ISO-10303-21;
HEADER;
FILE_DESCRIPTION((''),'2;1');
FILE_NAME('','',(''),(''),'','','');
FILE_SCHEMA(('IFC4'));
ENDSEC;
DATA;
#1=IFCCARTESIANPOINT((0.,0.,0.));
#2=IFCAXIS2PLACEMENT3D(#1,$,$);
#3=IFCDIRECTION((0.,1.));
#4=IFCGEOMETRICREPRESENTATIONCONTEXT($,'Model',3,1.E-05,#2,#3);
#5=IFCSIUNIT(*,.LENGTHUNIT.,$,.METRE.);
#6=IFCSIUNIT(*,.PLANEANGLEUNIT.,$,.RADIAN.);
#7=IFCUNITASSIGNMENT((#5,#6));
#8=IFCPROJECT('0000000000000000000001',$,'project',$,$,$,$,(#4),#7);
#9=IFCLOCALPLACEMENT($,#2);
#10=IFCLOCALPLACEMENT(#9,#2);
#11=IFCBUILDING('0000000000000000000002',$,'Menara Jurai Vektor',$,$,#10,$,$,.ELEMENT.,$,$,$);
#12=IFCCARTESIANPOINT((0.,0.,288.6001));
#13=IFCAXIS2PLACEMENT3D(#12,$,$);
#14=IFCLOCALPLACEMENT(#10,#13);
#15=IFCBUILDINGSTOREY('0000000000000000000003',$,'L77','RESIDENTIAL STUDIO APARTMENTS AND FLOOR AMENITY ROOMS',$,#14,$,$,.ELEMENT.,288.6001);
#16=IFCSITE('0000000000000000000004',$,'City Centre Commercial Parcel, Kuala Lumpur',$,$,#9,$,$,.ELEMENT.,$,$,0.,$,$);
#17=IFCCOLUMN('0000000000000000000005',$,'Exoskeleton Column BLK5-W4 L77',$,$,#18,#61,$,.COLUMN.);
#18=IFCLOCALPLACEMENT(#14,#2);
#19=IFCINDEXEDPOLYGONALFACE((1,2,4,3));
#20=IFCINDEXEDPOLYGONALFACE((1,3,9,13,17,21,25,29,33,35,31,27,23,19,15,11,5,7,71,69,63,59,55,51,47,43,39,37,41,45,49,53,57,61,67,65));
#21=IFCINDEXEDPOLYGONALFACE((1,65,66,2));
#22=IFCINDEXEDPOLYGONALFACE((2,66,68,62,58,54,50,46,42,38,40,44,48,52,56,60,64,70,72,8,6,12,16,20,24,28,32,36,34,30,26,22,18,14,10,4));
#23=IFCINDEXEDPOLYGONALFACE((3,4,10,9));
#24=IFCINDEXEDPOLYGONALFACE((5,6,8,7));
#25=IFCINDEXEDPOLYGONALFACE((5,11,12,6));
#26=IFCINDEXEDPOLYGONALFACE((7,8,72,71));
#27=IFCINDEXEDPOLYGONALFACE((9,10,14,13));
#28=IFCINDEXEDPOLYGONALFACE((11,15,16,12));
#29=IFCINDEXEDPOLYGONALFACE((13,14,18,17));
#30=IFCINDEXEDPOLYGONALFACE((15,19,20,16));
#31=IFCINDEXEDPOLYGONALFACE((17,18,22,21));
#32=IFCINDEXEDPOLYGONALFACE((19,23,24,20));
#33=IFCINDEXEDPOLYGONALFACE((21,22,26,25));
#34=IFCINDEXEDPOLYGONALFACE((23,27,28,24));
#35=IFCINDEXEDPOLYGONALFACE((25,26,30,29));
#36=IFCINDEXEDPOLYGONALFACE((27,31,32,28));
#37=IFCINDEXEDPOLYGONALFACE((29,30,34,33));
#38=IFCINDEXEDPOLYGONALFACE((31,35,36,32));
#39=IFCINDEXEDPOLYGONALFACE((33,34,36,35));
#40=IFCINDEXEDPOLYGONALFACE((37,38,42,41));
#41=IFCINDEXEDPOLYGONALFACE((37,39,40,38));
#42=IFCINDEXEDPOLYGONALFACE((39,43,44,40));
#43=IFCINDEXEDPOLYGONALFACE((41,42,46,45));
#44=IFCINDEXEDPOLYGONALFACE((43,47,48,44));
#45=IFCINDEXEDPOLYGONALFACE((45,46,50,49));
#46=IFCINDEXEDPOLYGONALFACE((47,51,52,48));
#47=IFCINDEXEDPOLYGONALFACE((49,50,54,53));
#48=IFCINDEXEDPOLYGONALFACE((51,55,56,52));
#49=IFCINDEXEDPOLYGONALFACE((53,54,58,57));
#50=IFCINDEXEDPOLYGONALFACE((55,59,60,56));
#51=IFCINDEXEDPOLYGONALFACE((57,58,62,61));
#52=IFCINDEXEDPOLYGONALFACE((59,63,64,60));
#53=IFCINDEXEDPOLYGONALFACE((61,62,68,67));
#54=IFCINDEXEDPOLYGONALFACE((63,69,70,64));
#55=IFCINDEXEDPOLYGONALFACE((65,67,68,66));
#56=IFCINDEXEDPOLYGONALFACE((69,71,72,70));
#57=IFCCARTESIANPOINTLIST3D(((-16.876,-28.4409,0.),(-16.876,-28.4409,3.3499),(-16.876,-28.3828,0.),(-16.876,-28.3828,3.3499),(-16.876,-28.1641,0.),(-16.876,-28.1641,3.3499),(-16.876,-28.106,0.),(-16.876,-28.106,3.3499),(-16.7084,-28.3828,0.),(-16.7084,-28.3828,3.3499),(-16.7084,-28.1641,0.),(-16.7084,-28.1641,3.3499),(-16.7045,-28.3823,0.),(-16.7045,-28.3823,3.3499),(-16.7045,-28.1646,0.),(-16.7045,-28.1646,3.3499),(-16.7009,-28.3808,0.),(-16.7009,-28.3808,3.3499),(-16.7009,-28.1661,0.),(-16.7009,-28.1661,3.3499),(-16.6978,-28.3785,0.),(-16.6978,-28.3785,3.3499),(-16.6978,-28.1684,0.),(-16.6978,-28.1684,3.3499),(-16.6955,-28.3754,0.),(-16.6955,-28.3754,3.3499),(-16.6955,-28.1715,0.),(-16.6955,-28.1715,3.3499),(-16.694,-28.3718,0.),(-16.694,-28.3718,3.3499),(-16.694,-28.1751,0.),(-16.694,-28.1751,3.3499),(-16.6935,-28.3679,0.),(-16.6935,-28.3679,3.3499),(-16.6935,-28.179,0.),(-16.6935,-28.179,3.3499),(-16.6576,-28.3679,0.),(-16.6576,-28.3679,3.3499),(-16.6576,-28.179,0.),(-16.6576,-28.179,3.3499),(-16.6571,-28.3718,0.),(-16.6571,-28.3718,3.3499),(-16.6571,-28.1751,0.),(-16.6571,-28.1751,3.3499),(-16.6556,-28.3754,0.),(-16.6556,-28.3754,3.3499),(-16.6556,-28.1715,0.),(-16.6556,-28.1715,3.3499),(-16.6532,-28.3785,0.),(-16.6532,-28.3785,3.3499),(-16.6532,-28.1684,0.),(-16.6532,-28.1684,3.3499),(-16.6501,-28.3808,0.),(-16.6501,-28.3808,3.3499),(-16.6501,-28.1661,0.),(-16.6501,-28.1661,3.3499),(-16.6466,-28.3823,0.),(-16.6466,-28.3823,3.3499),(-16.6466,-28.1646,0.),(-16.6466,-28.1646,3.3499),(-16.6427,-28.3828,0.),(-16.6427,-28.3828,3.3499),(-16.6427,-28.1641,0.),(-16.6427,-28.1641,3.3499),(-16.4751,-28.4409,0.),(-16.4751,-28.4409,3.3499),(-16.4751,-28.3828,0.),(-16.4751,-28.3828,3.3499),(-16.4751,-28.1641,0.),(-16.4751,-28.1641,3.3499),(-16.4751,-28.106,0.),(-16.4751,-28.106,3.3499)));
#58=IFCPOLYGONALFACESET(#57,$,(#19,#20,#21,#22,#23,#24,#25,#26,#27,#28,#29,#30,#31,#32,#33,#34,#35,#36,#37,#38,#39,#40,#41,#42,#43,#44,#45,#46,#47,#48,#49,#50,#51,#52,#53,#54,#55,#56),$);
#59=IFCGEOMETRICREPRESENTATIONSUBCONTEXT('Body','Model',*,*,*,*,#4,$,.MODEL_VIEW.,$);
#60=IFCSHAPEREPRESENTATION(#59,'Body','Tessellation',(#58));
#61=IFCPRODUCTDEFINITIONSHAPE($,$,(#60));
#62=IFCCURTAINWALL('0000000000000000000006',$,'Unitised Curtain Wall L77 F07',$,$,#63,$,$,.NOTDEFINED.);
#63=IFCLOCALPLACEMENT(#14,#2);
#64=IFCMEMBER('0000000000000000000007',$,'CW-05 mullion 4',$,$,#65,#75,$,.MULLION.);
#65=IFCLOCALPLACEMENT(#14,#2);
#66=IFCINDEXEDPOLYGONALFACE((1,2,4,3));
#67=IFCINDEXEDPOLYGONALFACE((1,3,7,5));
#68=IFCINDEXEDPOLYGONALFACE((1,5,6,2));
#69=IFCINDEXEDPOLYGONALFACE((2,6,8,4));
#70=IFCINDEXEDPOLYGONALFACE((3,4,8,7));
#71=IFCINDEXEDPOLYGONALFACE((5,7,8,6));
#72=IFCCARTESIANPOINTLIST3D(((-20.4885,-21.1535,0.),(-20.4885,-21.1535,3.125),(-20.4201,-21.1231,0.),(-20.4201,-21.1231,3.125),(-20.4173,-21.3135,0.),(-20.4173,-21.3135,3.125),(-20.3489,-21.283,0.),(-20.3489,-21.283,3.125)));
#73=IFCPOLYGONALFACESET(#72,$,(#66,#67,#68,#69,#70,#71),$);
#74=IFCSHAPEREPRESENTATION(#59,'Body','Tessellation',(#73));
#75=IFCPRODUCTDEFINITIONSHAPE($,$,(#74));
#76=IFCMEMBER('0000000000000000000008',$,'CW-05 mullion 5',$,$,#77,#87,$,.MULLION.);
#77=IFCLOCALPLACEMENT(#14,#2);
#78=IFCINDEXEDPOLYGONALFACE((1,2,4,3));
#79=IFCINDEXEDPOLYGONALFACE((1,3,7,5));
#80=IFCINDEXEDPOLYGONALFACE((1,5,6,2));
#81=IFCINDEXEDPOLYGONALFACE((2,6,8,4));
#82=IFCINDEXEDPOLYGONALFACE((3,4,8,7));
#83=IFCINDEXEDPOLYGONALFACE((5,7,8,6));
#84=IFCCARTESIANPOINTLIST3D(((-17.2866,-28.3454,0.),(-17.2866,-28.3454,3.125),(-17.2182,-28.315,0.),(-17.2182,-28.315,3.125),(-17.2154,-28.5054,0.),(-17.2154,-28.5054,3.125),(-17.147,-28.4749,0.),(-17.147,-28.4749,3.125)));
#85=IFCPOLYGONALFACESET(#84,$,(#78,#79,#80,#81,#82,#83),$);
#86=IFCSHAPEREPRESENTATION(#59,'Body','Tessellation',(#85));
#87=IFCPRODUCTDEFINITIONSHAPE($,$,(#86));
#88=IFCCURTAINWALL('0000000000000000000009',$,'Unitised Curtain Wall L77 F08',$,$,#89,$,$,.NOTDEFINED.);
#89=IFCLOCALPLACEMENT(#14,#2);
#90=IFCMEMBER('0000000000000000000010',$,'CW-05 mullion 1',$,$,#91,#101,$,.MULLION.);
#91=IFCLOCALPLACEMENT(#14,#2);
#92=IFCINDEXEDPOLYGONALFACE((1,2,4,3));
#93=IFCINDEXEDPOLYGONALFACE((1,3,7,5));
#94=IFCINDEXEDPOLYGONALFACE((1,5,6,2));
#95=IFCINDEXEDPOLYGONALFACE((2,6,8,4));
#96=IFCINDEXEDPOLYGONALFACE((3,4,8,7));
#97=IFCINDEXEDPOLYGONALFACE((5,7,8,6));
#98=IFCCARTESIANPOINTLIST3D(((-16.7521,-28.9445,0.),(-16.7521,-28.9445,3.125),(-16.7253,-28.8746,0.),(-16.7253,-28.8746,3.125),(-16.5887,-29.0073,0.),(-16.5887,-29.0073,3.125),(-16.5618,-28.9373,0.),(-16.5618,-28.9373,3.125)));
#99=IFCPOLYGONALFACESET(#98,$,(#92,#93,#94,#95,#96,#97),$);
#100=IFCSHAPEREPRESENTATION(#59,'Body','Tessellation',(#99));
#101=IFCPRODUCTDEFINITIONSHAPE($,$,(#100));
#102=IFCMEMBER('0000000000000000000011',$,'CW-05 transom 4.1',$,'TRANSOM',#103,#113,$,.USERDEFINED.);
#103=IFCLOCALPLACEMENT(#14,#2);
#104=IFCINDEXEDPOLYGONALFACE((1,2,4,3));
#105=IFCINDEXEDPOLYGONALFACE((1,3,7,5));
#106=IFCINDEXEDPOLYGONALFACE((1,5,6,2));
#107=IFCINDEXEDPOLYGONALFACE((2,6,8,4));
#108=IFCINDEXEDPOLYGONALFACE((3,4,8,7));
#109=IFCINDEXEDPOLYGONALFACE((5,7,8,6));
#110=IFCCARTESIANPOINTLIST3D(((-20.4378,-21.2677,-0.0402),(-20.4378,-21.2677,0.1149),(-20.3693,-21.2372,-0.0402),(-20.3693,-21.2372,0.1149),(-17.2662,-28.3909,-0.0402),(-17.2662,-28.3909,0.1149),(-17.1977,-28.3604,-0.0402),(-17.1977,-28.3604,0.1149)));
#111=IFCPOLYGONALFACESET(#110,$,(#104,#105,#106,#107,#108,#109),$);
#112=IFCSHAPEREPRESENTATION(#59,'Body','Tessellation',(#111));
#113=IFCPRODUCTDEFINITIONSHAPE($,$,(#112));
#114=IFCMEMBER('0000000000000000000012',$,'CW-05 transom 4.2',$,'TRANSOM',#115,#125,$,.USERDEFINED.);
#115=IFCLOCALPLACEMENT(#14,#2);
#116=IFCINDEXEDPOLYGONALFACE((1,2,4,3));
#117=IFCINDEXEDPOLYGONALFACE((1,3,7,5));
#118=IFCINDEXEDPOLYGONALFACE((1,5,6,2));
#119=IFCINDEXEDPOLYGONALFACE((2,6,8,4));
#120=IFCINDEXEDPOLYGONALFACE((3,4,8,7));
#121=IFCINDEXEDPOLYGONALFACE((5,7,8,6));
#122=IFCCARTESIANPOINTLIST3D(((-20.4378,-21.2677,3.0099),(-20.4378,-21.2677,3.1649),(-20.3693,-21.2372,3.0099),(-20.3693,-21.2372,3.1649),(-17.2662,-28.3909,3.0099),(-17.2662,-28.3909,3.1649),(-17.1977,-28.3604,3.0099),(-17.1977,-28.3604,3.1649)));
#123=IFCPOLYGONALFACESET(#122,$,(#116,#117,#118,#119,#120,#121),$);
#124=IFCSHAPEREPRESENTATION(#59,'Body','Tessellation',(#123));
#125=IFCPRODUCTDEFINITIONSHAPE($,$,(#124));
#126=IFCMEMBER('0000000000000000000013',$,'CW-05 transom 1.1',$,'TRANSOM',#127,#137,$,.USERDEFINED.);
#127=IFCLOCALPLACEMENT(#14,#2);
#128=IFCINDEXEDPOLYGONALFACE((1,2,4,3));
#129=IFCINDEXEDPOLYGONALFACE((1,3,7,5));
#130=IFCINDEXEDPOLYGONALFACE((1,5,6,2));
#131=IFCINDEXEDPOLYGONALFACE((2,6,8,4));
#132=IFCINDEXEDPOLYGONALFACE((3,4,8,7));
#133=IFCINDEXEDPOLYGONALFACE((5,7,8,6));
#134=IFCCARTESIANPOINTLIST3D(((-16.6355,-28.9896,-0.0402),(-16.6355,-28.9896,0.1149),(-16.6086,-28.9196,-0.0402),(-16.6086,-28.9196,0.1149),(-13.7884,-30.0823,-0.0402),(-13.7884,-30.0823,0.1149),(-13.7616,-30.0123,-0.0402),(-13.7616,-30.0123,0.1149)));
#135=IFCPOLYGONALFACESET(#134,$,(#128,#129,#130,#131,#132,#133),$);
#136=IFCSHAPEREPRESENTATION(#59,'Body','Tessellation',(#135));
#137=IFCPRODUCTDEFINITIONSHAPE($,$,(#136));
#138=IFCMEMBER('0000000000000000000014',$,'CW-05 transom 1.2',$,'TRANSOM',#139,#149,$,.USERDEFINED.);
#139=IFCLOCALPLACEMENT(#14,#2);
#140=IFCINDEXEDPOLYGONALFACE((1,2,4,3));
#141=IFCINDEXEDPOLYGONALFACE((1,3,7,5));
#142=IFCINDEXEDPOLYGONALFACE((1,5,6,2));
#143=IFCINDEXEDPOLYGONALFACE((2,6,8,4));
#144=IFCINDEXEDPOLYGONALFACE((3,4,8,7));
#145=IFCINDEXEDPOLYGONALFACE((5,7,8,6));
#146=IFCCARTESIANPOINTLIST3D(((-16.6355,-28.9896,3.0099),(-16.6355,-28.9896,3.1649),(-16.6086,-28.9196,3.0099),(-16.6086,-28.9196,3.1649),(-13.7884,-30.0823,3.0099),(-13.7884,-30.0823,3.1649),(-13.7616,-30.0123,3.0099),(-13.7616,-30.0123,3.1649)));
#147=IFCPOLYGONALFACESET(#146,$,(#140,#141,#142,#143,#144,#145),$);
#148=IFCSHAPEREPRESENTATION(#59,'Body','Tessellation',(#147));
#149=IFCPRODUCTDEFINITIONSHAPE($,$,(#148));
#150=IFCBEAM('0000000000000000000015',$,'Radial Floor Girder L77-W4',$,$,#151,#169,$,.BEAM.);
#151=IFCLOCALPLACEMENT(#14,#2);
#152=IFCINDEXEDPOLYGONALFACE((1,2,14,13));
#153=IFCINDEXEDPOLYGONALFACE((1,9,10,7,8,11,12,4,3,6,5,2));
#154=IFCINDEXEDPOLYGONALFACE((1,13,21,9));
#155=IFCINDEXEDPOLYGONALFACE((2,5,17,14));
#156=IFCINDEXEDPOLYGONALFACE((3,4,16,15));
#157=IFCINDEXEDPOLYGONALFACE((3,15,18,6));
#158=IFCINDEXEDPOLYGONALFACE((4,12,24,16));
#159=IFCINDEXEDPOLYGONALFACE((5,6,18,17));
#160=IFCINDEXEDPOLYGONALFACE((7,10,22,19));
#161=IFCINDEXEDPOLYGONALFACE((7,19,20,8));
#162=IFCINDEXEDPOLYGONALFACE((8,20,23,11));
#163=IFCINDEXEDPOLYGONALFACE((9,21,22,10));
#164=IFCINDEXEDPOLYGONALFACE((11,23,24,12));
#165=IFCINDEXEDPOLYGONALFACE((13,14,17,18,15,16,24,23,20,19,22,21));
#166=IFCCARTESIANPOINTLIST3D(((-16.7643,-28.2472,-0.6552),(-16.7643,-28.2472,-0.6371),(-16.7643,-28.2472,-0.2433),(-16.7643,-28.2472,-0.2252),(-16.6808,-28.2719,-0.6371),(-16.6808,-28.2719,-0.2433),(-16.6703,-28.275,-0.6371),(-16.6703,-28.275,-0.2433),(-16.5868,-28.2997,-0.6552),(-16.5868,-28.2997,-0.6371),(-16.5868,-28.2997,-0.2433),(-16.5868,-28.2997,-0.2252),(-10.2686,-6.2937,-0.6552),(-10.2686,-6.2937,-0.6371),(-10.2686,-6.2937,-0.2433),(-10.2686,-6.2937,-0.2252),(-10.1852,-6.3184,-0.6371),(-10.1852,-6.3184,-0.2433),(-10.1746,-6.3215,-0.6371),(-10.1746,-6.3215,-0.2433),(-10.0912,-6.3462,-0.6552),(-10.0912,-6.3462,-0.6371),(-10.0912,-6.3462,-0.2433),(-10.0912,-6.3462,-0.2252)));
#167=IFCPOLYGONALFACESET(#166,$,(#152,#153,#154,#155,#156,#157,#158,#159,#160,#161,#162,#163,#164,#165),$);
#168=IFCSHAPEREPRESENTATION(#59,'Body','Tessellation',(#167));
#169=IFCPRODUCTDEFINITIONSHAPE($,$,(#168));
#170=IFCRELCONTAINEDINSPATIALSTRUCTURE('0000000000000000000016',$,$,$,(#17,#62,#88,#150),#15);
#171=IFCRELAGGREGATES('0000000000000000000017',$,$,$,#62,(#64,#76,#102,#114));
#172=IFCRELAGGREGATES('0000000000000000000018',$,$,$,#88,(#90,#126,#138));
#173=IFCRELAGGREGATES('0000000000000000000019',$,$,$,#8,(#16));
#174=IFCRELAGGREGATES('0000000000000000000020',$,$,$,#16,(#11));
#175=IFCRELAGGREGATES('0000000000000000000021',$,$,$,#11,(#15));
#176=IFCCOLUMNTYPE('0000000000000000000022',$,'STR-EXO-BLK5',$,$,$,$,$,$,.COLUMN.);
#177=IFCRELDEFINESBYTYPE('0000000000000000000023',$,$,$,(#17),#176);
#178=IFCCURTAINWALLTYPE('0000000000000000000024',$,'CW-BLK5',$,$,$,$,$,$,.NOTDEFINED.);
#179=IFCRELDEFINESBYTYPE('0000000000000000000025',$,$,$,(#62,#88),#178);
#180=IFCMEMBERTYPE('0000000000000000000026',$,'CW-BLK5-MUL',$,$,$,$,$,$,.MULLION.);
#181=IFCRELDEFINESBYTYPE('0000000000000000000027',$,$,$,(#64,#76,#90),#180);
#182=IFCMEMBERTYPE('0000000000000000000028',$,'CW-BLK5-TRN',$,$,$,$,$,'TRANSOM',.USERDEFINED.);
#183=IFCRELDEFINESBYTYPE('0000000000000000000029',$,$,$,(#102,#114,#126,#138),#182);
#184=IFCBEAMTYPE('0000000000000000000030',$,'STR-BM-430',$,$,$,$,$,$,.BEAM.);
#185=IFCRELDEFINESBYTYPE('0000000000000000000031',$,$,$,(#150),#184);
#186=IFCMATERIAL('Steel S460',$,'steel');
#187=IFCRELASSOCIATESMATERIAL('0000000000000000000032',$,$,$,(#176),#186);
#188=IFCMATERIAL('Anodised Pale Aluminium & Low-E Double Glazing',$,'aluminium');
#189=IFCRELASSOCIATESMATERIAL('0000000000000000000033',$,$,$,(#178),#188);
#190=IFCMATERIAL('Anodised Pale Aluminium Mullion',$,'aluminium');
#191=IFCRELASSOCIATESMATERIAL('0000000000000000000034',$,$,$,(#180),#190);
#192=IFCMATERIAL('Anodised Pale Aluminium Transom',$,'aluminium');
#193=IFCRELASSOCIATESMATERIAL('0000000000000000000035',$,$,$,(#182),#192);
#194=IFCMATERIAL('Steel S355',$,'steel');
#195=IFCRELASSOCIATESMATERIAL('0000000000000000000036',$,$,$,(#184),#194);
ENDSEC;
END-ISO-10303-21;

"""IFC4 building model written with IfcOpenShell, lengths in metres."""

from ifc_helpers import new_model, si_unit, direction, frame, origin, origin_2d, place, context, subcontext, project, spatial, rectangle, i_section, extrude, material, material_profile, profile_set, type_object, element, aggregate, save


model = new_model("IFC4")

# Units and contexts
model_context = context("Model", 3, precision=1e-05, world=origin(), true_north=direction((0.0, 1.0)))
body_context = subcontext(model_context, "Body", "Model", "MODEL_VIEW")
ifc_project = project(units=[si_unit("LENGTHUNIT", "METRE"), si_unit("PLANEANGLEUNIT", "RADIAN")], contexts=[model_context])

# Site, building, storey
site_placement = place(None, origin())
site = spatial("IfcSite", under=ifc_project, at=site_placement, Name="City Centre Commercial Parcel, Kuala Lumpur", CompositionType="ELEMENT", RefElevation=0.0)
building_placement = place(site_placement, origin())
building = spatial("IfcBuilding", under=site, at=building_placement, Name="Menara Jurai Vektor", CompositionType="ELEMENT")
storey_placement = place(building_placement, frame((0.0, 0.0, 288.6001)))
storey = spatial("IfcBuildingStorey", under=building, at=storey_placement, Name="L77", Description="RESIDENTIAL STUDIO APARTMENTS AND FLOOR AMENITY ROOMS", CompositionType="ELEMENT", Elevation=288.6001)

# Column
ifc_material_1 = material(Name="Steel S460", Category="steel")
ifc_material_profile_1 = material_profile(ifc_material_1, i_section(OverallWidth=0.4009, OverallDepth=0.335, WebThickness=0.0359, FlangeThickness=0.0581, FilletRadius=0.0149, at=origin_2d()), Name="HD 400x463")
ifc_profile_set_1 = profile_set([ifc_material_profile_1], Name="Steel S460")
column_type = type_object("IfcColumnType", Name="STR-EXO-BLK5", PredefinedType="COLUMN", material=ifc_profile_set_1)
column_placement = place(storey_placement, frame((-16.6755, -28.2734, 0.0), z_axis=(0.0, 0.0, 1.0), x_axis=(1.0, 0.0, 0.0)))
element("IfcColumn", 1, at=column_placement, inside=storey, type_object=column_type, Name="Exoskeleton Column BLK5-W4 L77", PredefinedType="COLUMN", context=body_context, shape_type="SweptSolid", body=[
    extrude(i_section(OverallWidth=0.4009, OverallDepth=0.335, WebThickness=0.0359, FlangeThickness=0.0581, FilletRadius=0.0149, at=origin_2d()), origin(), (0.0, 0.0, 1.0), 3.3499),
])

# Curtain wall, members
ifc_material_2 = material(Name="Anodised Pale Aluminium & Low-E Double Glazing", Category="aluminium")
curtain_wall_type = type_object("IfcCurtainWallType", Name="CW-BLK5", PredefinedType="NOTDEFINED", material=ifc_material_2)
curtain_wall_1_placement = place(storey_placement, origin())
curtain_wall_1 = element("IfcCurtainWall", 2, at=curtain_wall_1_placement, inside=storey, type_object=curtain_wall_type, Name="Unitised Curtain Wall L77 F07", PredefinedType="NOTDEFINED")
ifc_material_3 = material(Name="Anodised Pale Aluminium Mullion", Category="aluminium")
ifc_material_profile_2 = material_profile(ifc_material_3, rectangle(XDim=0.075, YDim=0.175, at=origin_2d()), Name="ALU MUL 75x175")
ifc_profile_set_2 = profile_set([ifc_material_profile_2], Name="Anodised Pale Aluminium Mullion")
member_type_1 = type_object("IfcMemberType", Name="CW-BLK5-MUL", PredefinedType="MULLION", material=ifc_profile_set_2)
member_1_placement = place(storey_placement, frame((-20.4187, -21.2183, 0.0), z_axis=(0.0, 0.0, 1.0), x_axis=(0.913546, 0.406735, 0.0)))
member_1 = element("IfcMember", 3, at=member_1_placement, type_object=member_type_1, Name="CW-05 mullion 4", PredefinedType="MULLION", context=body_context, shape_type="SweptSolid", body=[
    extrude(rectangle(XDim=0.075, YDim=0.175, at=origin_2d()), origin(), (0.0, 0.0, 1.0), 3.125),
])
member_2_placement = place(storey_placement, frame((-17.2168, -28.4102, 0.0), z_axis=(0.0, 0.0, 1.0), x_axis=(0.913546, 0.406735, 0.0)))
member_2 = element("IfcMember", 4, at=member_2_placement, type_object=member_type_1, Name="CW-05 mullion 5", PredefinedType="MULLION", context=body_context, shape_type="SweptSolid", body=[
    extrude(rectangle(XDim=0.075, YDim=0.175, at=origin_2d()), origin(), (0.0, 0.0, 1.0), 3.125),
])

# Curtain wall, member
curtain_wall_2_placement = place(storey_placement, origin())
curtain_wall_2 = element("IfcCurtainWall", 5, at=curtain_wall_2_placement, inside=storey, type_object=curtain_wall_type, Name="Unitised Curtain Wall L77 F08", PredefinedType="NOTDEFINED")
member_3_placement = place(storey_placement, frame((-16.657, -28.9409, 0.0), z_axis=(0.0, 0.0, 1.0), x_axis=(0.358374, 0.933578, 0.0)))
member_3 = element("IfcMember", 6, at=member_3_placement, type_object=member_type_1, Name="CW-05 mullion 1", PredefinedType="MULLION", context=body_context, shape_type="SweptSolid", body=[
    extrude(rectangle(XDim=0.075, YDim=0.175, at=origin_2d()), origin(), (0.0, 0.0, 1.0), 3.125),
])

# Members
ifc_material_4 = material(Name="Anodised Pale Aluminium Transom", Category="aluminium")
ifc_material_profile_3 = material_profile(ifc_material_4, rectangle(XDim=0.075, YDim=0.155, at=origin_2d()), Name="ALU TRN 75x155")
ifc_profile_set_3 = profile_set([ifc_material_profile_3], Name="Anodised Pale Aluminium Transom")
member_type_2 = type_object("IfcMemberType", Name="CW-BLK5-TRN", ElementType="TRANSOM", PredefinedType="USERDEFINED", material=ifc_profile_set_3)
member_4_placement = place(storey_placement, frame((-20.4036, -21.2524, 0.0374), z_axis=(0.406751, -0.913539, 0.0), x_axis=(0.913539, 0.406751, 0.0)))
member_4 = element("IfcMember", 7, at=member_4_placement, type_object=member_type_2, Name="CW-05 transom 4.1", ObjectType="TRANSOM", PredefinedType="USERDEFINED", context=body_context, shape_type="SweptSolid", body=[
    extrude(rectangle(XDim=0.075, YDim=0.155, at=origin_2d()), origin(), (0.0, 0.0, 1.0), 7.7974),
])
member_5_placement = place(storey_placement, frame((-20.4036, -21.2524, 3.0874), z_axis=(0.406751, -0.913539, 0.0), x_axis=(0.913539, 0.406751, 0.0)))
member_5 = element("IfcMember", 8, at=member_5_placement, type_object=member_type_2, Name="CW-05 transom 4.2", ObjectType="TRANSOM", PredefinedType="USERDEFINED", context=body_context, shape_type="SweptSolid", body=[
    extrude(rectangle(XDim=0.075, YDim=0.155, at=origin_2d()), origin(), (0.0, 0.0, 1.0), 7.7974),
])
member_6_placement = place(storey_placement, frame((-16.6221, -28.9546, 0.0374), z_axis=(0.933597, -0.358325, 0.0), x_axis=(0.358325, 0.933597, 0.0)))
member_6 = element("IfcMember", 9, at=member_6_placement, type_object=member_type_2, Name="CW-05 transom 1.1", ObjectType="TRANSOM", PredefinedType="USERDEFINED", context=body_context, shape_type="SweptSolid", body=[
    extrude(rectangle(XDim=0.075, YDim=0.155, at=origin_2d()), origin(), (0.0, 0.0, 1.0), 3.0496),
])
member_7_placement = place(storey_placement, frame((-16.6221, -28.9546, 3.0874), z_axis=(0.933597, -0.358325, 0.0), x_axis=(0.358325, 0.933597, 0.0)))
member_7 = element("IfcMember", 10, at=member_7_placement, type_object=member_type_2, Name="CW-05 transom 1.2", ObjectType="TRANSOM", PredefinedType="USERDEFINED", context=body_context, shape_type="SweptSolid", body=[
    extrude(rectangle(XDim=0.075, YDim=0.155, at=origin_2d()), origin(), (0.0, 0.0, 1.0), 3.0496),
])

# Beam
ifc_material_5 = material(Name="Steel S355", Category="steel")
ifc_material_profile_4 = material_profile(ifc_material_5, i_section(OverallWidth=0.1851, OverallDepth=0.4299, WebThickness=0.011, FlangeThickness=0.0181, at=origin_2d()), Name="PG 430x185x76")
ifc_profile_set_4 = profile_set([ifc_material_profile_4], Name="Steel S355")
beam_type_1 = type_object("IfcBeamType", Name="STR-BM-430", PredefinedType="BEAM", material=ifc_profile_set_4)
beam_1_placement = place(storey_placement, frame((-16.6755, -28.2734, -0.4402), z_axis=(0.283723, 0.958906, 0.0), x_axis=(-0.958906, 0.283723, 0.0)))
element("IfcBeam", 11, at=beam_1_placement, inside=storey, type_object=beam_type_1, Name="Radial Floor Girder L77-W4", PredefinedType="BEAM", context=body_context, shape_type="SweptSolid", body=[
    extrude(i_section(OverallWidth=0.1851, OverallDepth=0.4299, WebThickness=0.011, FlangeThickness=0.0181, at=origin_2d()), origin(), (0.0, 0.0, 1.0), 22.8943),
])

aggregate(curtain_wall_1, [member_1, member_2, member_4, member_5])
aggregate(curtain_wall_2, [member_3, member_6, member_7])

save(model, "model.ifc")
